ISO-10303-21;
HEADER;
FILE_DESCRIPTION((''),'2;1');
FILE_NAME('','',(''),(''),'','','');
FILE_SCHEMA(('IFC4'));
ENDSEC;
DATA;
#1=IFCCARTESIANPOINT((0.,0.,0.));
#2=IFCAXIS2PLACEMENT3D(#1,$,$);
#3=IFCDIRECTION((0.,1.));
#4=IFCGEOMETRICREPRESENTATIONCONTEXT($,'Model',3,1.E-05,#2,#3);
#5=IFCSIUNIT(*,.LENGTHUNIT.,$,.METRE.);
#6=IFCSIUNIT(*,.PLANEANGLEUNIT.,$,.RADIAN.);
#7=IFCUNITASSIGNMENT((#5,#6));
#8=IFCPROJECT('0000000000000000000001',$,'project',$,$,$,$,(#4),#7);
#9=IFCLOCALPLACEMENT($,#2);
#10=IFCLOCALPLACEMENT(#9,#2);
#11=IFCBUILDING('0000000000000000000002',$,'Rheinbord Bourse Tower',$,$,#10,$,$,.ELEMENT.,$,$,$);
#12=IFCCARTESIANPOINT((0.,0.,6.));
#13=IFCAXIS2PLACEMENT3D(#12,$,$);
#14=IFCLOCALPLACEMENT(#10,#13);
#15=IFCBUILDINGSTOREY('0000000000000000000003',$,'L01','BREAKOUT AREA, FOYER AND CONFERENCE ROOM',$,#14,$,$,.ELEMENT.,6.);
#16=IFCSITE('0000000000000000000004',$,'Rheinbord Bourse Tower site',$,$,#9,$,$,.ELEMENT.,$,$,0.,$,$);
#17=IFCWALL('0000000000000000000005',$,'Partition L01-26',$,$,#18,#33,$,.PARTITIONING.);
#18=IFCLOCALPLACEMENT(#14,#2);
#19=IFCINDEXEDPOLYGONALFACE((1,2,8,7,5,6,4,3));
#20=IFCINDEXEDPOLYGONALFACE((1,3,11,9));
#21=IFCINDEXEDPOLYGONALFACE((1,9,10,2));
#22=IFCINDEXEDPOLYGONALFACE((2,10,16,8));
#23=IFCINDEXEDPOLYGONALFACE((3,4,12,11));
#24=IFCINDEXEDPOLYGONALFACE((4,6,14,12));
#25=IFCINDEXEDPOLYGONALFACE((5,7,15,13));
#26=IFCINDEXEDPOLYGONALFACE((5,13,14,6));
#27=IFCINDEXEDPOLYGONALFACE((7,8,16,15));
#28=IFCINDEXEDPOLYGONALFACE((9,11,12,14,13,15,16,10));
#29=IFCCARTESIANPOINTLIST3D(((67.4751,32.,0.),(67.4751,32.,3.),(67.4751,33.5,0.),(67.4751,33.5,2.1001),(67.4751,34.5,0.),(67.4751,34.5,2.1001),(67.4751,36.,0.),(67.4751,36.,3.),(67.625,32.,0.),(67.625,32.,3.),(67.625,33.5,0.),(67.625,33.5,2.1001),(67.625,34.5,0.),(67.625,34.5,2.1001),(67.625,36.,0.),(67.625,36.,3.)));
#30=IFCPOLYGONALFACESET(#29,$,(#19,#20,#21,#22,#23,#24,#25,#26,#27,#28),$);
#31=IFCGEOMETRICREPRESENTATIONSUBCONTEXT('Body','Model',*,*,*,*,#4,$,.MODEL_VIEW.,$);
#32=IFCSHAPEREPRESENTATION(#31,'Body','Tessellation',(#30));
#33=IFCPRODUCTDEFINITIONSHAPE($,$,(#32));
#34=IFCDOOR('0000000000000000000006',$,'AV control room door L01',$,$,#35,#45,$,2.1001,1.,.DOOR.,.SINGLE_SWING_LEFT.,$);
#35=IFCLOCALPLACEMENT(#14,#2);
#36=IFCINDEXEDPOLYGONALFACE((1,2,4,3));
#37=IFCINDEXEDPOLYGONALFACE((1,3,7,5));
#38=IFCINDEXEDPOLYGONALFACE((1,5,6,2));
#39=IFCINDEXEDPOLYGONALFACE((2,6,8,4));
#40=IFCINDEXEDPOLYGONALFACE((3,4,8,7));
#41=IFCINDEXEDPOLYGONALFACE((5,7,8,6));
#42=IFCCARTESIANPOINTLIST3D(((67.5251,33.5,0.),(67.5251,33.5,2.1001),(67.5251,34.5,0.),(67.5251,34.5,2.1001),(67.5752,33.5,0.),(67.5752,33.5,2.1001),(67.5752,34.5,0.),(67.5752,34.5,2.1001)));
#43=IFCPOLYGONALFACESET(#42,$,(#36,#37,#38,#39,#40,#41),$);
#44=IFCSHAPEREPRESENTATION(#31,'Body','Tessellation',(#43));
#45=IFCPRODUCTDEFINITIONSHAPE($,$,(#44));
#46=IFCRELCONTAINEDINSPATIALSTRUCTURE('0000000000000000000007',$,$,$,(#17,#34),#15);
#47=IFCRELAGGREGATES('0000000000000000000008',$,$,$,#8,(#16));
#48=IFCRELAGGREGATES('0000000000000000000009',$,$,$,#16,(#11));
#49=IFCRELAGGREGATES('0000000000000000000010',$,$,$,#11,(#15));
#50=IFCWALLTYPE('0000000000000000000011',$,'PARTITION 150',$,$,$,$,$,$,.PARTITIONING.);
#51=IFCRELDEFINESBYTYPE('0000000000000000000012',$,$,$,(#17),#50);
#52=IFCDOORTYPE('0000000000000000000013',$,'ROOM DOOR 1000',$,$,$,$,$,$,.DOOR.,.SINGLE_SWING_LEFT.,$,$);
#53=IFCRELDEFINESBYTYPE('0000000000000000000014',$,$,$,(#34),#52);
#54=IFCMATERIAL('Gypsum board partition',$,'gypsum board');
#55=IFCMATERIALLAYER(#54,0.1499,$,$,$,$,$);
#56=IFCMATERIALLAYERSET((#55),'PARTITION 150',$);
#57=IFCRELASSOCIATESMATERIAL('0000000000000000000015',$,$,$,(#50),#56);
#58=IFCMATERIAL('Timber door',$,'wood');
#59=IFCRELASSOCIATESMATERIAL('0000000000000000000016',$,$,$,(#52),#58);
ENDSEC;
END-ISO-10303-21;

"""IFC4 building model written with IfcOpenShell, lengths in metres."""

from ifc_helpers import new_model, si_unit, direction, frame, frame_2d, origin, place, context, subcontext, project, spatial, rectangle, extrude, material, layer, layer_set, type_object, element, fill, save


model = new_model("IFC4")

# Units and contexts
model_context = context("Model", 3, precision=1e-05, world=origin(), true_north=direction((0.0, 1.0)))
body_context = subcontext(model_context, "Body", "Model", "MODEL_VIEW")
ifc_project = project(units=[si_unit("LENGTHUNIT", "METRE"), si_unit("PLANEANGLEUNIT", "RADIAN")], contexts=[model_context])

# Site, building, storey
site_placement = place(None, origin())
site = spatial("IfcSite", under=ifc_project, at=site_placement, Name="Rheinbord Bourse Tower site", CompositionType="ELEMENT", RefElevation=0.0)
building_placement = place(site_placement, origin())
building = spatial("IfcBuilding", under=site, at=building_placement, Name="Rheinbord Bourse Tower", CompositionType="ELEMENT")
storey_placement = place(building_placement, frame((0.0, 0.0, 6.0)))
storey = spatial("IfcBuildingStorey", under=building, at=storey_placement, Name="L01", Description="BREAKOUT AREA, FOYER AND CONFERENCE ROOM", CompositionType="ELEMENT", Elevation=6.0)

# Shared definitions
ifc_material_1 = material(Name="Gypsum board partition", Category="gypsum board")
ifc_layer_1 = layer(ifc_material_1, 0.1499)
ifc_layer_set_1 = layer_set([ifc_layer_1], Name="PARTITION 150")
wall_type_1 = type_object("IfcWallType", Name="PARTITION 150", PredefinedType="PARTITIONING", material=ifc_layer_set_1)

# Wall, opening, door
ifc_material_2 = material(Name="Timber door", Category="wood")
door_type = type_object("IfcDoorType", Name="ROOM DOOR 1000", OperationType="SINGLE_SWING_LEFT", PredefinedType="DOOR", material=ifc_material_2)
wall_1_placement = place(storey_placement, frame((67.55, 32.0, 0.0), z_axis=(0.0, 0.0, 1.0), x_axis=(0.0, 1.0, 0.0)))
wall_1 = element("IfcWall", 1, at=wall_1_placement, inside=storey, type_object=wall_type_1, Name="Partition L01-26", PredefinedType="PARTITIONING", context=body_context, shape_type="SweptSolid", body=[
    extrude(rectangle(XDim=4.0, YDim=0.1499, at=frame_2d((2.0, 0.0))), origin(), (0.0, 0.0, 1.0), 3.0),
])
opening_1_placement = place(wall_1_placement, frame((1.5, 0.0, 0.0)))
opening_1 = element("IfcOpeningElement", 2, at=opening_1_placement, cuts=wall_1, PredefinedType="OPENING", context=body_context, shape_type="SweptSolid", body=[
    extrude(rectangle(XDim=1.0, YDim=2.1001, at=frame_2d((0.5, 1.05))), frame((0.0, 0.085, 0.0), z_axis=(0.0, -1.0, 0.0), x_axis=(1.0, 0.0, 0.0)), (0.0, 0.0, 1.0), 0.1699),
])
door_1_placement = place(opening_1_placement, origin())
door_1 = element("IfcDoor", 3, at=door_1_placement, inside=storey, type_object=door_type, Name="AV control room door L01", OperationType="SINGLE_SWING_LEFT", OverallHeight=2.1001, OverallWidth=1.0, PredefinedType="DOOR", context=body_context, shape_type="SweptSolid", body=[
    extrude(rectangle(XDim=1.0, YDim=2.1001, at=frame_2d((0.5, 1.05))), frame((0.0, 0.0249, 0.0), z_axis=(0.0, -1.0, 0.0), x_axis=(1.0, 0.0, 0.0)), (0.0, 0.0, 1.0), 0.05),
])
fill(opening_1, door_1)

save(model, "model.ifc")
